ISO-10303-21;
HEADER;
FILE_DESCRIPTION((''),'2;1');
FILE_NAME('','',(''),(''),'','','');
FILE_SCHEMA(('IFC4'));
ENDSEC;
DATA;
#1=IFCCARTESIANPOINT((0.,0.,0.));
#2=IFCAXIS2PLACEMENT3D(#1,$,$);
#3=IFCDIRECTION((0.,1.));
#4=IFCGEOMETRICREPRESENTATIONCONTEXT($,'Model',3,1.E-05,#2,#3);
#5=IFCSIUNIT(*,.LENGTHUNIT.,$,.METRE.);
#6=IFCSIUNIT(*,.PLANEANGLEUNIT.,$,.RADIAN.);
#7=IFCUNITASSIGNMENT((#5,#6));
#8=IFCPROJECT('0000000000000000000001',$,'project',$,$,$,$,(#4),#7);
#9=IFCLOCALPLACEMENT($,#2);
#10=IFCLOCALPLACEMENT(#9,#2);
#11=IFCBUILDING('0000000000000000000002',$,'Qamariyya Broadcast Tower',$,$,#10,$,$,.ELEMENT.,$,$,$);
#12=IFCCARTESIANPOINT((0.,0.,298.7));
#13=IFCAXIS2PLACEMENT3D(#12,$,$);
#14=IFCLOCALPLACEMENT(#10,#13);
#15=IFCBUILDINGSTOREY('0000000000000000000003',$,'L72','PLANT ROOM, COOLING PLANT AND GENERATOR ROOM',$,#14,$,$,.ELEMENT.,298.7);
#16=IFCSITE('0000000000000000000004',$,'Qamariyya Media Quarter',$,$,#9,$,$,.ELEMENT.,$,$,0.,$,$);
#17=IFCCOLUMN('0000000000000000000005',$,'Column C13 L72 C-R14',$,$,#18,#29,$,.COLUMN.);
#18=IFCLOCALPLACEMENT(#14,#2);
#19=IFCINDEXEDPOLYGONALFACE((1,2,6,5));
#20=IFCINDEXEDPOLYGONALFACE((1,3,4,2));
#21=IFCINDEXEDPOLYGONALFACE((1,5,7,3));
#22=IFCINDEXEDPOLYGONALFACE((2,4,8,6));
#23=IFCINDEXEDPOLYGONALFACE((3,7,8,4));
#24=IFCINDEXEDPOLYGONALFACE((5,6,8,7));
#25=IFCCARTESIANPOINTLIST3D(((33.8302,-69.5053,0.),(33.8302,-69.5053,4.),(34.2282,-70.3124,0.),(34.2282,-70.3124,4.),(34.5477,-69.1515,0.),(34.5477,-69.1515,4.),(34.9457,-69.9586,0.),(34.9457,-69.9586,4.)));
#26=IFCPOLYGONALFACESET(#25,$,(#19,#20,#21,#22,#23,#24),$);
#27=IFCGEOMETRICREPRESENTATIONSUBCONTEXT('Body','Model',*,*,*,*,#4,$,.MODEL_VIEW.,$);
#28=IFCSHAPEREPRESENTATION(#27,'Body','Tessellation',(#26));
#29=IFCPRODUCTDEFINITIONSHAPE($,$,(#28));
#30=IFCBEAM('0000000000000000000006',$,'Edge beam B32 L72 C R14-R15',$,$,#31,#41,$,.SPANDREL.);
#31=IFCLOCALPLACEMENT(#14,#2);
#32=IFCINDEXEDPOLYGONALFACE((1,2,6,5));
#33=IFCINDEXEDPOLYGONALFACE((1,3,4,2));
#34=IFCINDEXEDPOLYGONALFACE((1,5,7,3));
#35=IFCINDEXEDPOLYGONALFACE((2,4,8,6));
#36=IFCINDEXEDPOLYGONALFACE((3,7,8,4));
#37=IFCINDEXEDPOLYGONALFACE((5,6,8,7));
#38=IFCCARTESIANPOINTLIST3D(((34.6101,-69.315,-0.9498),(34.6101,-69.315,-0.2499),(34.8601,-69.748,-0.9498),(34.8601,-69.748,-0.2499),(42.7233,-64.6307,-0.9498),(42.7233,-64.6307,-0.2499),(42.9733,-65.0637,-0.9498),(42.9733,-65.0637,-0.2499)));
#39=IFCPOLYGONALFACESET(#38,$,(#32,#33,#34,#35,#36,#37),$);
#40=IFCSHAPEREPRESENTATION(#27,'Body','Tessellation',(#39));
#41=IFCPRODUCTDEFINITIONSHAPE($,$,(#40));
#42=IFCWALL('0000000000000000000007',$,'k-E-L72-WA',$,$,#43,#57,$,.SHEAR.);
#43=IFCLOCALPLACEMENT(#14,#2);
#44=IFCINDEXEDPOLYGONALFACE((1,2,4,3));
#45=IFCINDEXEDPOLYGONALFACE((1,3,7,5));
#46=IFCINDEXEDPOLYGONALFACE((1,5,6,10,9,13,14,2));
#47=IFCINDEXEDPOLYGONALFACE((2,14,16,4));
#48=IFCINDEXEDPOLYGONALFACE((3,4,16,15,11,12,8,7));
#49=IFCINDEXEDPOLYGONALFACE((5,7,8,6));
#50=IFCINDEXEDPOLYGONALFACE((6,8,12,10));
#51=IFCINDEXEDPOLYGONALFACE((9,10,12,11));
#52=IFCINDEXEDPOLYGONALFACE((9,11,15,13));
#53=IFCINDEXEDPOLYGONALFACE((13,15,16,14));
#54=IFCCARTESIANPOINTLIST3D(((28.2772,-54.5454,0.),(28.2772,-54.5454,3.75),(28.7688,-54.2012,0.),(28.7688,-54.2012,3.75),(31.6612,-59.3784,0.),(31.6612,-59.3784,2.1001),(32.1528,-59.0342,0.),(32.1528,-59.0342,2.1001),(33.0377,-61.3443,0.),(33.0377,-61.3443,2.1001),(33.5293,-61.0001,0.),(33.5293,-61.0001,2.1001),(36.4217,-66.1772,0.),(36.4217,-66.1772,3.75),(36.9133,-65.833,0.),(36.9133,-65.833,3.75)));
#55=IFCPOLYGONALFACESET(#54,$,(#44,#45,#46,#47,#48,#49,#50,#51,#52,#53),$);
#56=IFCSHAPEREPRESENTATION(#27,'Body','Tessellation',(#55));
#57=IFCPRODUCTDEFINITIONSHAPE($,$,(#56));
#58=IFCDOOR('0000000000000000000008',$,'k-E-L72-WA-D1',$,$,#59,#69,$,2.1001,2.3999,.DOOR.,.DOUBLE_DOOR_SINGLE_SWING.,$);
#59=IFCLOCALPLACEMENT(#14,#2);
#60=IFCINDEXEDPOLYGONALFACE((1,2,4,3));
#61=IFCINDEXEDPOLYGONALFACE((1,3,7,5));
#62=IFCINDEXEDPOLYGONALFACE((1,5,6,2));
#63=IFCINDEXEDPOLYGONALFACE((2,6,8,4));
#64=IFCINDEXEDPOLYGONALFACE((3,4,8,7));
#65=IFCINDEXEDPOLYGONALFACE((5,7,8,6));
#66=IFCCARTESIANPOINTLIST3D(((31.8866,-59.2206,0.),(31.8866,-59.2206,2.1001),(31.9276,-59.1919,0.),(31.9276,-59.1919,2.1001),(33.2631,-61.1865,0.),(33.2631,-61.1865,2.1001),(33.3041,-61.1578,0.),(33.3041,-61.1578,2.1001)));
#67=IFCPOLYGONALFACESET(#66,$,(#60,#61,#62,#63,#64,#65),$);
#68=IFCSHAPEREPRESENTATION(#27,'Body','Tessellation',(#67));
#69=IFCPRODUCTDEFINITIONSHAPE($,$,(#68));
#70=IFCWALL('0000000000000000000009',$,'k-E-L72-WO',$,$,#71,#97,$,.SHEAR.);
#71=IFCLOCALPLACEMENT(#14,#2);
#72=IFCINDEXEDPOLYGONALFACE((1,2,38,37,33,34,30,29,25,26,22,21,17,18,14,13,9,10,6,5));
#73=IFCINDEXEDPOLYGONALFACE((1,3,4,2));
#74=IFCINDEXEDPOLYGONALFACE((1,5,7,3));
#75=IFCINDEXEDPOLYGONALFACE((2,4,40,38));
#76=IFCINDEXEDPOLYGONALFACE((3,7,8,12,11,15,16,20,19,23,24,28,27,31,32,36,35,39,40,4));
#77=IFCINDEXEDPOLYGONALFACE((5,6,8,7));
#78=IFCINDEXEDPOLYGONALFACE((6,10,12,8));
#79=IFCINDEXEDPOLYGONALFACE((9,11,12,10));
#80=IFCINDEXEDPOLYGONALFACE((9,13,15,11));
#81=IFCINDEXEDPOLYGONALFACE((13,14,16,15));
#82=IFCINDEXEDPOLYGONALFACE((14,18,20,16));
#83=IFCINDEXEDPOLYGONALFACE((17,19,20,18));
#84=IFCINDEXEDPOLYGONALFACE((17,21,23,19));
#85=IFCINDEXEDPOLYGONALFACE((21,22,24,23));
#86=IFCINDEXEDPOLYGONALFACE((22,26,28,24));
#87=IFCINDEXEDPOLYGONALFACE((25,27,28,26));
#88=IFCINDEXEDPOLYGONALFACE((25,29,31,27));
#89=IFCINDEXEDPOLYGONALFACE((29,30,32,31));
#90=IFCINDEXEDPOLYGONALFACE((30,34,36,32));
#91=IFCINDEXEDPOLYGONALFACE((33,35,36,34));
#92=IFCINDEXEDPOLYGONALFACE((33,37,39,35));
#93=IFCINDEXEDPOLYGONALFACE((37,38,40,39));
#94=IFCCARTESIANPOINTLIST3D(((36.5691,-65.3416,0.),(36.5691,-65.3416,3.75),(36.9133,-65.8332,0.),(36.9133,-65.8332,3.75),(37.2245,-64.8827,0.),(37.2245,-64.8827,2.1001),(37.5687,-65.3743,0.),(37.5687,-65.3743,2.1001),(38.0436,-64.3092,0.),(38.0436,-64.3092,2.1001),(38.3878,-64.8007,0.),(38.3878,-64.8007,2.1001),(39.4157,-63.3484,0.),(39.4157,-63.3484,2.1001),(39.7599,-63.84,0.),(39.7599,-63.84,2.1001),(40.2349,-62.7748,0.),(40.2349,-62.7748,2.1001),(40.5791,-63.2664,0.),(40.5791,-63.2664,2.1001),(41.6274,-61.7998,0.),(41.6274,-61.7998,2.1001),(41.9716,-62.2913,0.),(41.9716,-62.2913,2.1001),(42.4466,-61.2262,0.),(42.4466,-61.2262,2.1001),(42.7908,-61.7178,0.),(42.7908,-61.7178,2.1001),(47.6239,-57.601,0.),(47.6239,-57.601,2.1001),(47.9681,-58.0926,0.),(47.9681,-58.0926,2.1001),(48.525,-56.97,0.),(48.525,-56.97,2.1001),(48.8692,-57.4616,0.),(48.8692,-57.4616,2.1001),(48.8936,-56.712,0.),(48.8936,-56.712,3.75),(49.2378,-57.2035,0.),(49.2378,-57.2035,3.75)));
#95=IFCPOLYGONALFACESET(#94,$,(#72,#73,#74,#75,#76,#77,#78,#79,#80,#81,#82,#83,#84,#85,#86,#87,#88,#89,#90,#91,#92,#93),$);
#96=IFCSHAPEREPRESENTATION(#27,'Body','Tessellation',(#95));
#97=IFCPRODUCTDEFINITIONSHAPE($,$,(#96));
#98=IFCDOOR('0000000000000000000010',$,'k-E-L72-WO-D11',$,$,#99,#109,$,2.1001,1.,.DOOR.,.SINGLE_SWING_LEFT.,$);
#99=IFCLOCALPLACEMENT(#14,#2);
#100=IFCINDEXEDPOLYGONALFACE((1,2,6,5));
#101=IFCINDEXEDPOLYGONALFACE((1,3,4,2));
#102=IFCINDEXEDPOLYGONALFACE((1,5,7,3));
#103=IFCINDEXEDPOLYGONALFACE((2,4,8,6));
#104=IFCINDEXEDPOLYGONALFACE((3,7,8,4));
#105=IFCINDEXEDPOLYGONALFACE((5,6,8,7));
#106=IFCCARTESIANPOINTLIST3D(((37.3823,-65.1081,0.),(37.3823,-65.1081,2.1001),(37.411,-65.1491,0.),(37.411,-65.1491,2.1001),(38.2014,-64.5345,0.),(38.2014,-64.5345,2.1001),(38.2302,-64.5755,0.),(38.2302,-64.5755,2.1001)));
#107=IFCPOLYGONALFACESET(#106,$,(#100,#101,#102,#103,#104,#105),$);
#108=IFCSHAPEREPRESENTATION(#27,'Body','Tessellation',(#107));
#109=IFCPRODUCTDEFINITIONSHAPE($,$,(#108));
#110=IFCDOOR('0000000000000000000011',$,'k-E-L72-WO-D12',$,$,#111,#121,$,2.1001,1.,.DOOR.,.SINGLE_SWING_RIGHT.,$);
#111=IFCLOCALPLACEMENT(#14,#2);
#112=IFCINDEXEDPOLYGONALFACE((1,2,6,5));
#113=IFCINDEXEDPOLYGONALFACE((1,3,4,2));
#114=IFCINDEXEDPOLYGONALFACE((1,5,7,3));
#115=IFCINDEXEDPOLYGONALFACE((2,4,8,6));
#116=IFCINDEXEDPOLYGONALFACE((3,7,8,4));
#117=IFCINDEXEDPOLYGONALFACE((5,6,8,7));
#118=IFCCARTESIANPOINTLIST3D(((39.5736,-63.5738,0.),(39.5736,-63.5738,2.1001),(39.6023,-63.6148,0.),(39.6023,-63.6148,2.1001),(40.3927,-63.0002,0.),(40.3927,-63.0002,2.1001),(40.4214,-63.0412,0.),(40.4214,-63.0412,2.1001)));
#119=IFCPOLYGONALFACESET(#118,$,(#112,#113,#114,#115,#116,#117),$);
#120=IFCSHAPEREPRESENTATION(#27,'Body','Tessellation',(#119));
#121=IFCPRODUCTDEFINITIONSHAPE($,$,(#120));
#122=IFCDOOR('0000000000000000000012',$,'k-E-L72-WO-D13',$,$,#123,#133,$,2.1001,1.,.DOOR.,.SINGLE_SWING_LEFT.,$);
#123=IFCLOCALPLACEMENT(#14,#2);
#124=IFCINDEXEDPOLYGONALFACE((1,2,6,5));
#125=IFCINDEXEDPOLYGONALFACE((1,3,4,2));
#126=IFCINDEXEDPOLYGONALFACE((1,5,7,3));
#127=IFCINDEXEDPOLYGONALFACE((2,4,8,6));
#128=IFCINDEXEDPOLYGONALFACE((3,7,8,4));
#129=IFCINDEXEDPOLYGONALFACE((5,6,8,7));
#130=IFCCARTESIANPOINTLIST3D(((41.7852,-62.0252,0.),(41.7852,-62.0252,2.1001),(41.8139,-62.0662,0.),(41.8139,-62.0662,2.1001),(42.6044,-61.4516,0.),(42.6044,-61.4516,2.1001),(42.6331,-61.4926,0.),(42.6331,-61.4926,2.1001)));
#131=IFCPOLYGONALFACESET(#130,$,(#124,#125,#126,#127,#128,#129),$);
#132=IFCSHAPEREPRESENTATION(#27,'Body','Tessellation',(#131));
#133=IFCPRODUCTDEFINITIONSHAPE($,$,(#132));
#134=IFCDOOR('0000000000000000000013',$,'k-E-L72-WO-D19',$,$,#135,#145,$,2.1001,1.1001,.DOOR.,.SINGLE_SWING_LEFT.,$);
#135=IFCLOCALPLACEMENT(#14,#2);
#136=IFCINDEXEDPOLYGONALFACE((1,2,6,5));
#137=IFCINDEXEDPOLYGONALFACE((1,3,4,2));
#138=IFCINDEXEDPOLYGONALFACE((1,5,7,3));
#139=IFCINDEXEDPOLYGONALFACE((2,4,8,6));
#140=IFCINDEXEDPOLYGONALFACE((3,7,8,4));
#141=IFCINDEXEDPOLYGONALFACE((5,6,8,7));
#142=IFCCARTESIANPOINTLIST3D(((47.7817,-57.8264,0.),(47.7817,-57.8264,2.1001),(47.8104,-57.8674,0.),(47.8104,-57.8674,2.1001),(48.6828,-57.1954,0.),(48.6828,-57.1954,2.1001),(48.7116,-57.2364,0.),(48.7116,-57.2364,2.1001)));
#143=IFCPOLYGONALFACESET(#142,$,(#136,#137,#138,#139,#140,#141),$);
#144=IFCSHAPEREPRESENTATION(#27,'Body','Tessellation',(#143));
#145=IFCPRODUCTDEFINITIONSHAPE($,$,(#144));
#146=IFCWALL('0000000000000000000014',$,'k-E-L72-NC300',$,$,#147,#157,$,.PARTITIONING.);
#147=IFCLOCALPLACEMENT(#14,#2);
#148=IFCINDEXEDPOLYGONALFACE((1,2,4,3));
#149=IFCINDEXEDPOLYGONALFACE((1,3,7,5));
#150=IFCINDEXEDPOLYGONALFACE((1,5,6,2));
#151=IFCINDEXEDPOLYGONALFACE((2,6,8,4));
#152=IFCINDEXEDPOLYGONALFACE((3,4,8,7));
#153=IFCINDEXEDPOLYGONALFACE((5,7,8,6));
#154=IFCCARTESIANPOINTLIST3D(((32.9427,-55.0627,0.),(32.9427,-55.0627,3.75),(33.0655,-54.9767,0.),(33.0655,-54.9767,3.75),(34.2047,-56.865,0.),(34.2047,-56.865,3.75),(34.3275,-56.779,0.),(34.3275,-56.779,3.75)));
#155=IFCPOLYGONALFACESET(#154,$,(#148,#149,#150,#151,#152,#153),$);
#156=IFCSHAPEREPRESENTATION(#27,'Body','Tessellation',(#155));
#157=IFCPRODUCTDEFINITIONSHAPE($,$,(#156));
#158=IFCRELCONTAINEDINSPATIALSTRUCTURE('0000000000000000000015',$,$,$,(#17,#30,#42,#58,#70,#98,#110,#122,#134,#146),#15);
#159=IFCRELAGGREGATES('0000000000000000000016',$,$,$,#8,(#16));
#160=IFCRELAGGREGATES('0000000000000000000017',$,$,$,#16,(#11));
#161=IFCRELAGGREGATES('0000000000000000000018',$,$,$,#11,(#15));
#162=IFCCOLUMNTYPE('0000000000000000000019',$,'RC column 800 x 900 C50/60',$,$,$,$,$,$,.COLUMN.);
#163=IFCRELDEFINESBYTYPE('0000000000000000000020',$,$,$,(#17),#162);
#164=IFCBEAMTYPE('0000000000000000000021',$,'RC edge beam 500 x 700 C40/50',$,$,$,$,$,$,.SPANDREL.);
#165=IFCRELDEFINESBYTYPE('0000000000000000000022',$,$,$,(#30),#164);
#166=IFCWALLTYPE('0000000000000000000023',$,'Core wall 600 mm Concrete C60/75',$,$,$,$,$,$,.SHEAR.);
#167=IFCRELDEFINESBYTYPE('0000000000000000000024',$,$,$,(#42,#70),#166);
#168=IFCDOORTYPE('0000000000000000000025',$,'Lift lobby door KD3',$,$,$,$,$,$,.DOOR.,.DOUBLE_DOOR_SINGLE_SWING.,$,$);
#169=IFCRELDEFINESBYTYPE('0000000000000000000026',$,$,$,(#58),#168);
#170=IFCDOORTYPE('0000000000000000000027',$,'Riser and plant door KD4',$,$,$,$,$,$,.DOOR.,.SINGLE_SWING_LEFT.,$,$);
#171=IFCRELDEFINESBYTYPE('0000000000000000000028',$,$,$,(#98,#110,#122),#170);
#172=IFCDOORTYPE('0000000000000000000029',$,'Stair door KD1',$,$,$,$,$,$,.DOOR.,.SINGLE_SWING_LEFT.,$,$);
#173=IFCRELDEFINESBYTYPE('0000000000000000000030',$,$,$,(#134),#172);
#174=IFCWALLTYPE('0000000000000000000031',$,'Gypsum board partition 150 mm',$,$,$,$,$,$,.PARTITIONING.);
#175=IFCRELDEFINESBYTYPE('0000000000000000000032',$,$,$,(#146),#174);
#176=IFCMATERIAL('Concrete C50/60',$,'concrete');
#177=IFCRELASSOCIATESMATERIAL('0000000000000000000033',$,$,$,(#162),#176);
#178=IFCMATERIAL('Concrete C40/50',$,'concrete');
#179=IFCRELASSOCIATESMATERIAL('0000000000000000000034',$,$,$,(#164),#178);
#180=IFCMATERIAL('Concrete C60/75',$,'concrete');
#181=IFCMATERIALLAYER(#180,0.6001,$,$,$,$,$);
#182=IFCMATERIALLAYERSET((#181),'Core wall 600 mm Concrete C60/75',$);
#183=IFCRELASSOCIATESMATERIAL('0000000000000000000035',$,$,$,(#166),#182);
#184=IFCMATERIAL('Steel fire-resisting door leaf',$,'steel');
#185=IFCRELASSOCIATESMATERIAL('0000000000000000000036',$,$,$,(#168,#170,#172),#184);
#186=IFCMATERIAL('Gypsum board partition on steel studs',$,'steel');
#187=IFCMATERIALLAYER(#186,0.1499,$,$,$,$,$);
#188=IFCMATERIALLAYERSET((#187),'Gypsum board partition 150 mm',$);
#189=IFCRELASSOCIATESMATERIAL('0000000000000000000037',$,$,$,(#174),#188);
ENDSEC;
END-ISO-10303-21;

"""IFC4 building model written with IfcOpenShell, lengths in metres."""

from ifc_helpers import new_model, si_unit, direction, frame, frame_2d, origin, origin_2d, place, context, subcontext, project, spatial, rectangle, extrude, material, layer, layer_set, material_profile, profile_set, type_object, element, fill, save


model = new_model("IFC4")

# Units and contexts
model_context = context("Model", 3, precision=1e-05, world=origin(), true_north=direction((0.0, 1.0)))
body_context = subcontext(model_context, "Body", "Model", "MODEL_VIEW")
ifc_project = project(units=[si_unit("LENGTHUNIT", "METRE"), si_unit("PLANEANGLEUNIT", "RADIAN")], contexts=[model_context])

# Site, building, storey
site_placement = place(None, origin())
site = spatial("IfcSite", under=ifc_project, at=site_placement, Name="Qamariyya Media Quarter", CompositionType="ELEMENT", RefElevation=0.0)
building_placement = place(site_placement, origin())
building = spatial("IfcBuilding", under=site, at=building_placement, Name="Qamariyya Broadcast Tower", CompositionType="ELEMENT")
storey_placement = place(building_placement, frame((0.0, 0.0, 298.7)))
storey = spatial("IfcBuildingStorey", under=building, at=storey_placement, Name="L72", Description="PLANT ROOM, COOLING PLANT AND GENERATOR ROOM", CompositionType="ELEMENT", Elevation=298.7)

# Column
ifc_material_1 = material(Name="Concrete C50/60", Category="concrete")
ifc_material_profile_1 = material_profile(ifc_material_1, rectangle(XDim=0.8, YDim=0.8999, at=origin_2d()))
ifc_profile_set_1 = profile_set([ifc_material_profile_1], Name="Concrete C50/60")
column_type = type_object("IfcColumnType", Name="RC column 800 x 900 C50/60", PredefinedType="COLUMN", material=ifc_profile_set_1)
column_placement = place(storey_placement, frame((34.3879, -69.7319, 0.0), z_axis=(0.0, 0.0, 1.0), x_axis=(0.896873, 0.442289, 0.0)))
element("IfcColumn", 1, at=column_placement, inside=storey, type_object=column_type, Name="Column C13 L72 C-R14", PredefinedType="COLUMN", context=body_context, shape_type="SweptSolid", body=[
    extrude(rectangle(XDim=0.8, YDim=0.8999, at=origin_2d()), origin(), (0.0, 0.0, 1.0), 4.0),
])

# Beam
ifc_material_2 = material(Name="Concrete C40/50", Category="concrete")
ifc_material_profile_2 = material_profile(ifc_material_2, rectangle(XDim=0.5, YDim=0.7, at=origin_2d()))
ifc_profile_set_2 = profile_set([ifc_material_profile_2], Name="Concrete C40/50")
beam_type = type_object("IfcBeamType", Name="RC edge beam 500 x 700 C40/50", PredefinedType="SPANDREL", material=ifc_profile_set_2)
beam_placement = place(storey_placement, frame((34.7351, -69.5315, -0.5999), z_axis=(0.86602, 0.50001, 0.0), x_axis=(-0.50001, 0.86602, 0.0)))
element("IfcBeam", 2, at=beam_placement, inside=storey, type_object=beam_type, Name="Edge beam B32 L72 C R14-R15", PredefinedType="SPANDREL", context=body_context, shape_type="SweptSolid", body=[
    extrude(rectangle(XDim=0.5, YDim=0.7, at=origin_2d()), origin(), (0.0, 0.0, 1.0), 9.3684),
])

# Wall, opening, door
ifc_material_3 = material(Name="Concrete C60/75", Category="concrete")
ifc_layer_1 = layer(ifc_material_3, 0.6001)
ifc_layer_set_1 = layer_set([ifc_layer_1], Name="Core wall 600 mm Concrete C60/75")
wall_type_1 = type_object("IfcWallType", Name="Core wall 600 mm Concrete C60/75", PredefinedType="SHEAR", material=ifc_layer_set_1)
wall_1_placement = place(storey_placement, frame((36.6675, -66.0051, 0.0), z_axis=(0.0, 0.0, 1.0), x_axis=(-0.573568, 0.819158, 0.0)))
wall_1 = element("IfcWall", 3, at=wall_1_placement, inside=storey, type_object=wall_type_1, Name="k-E-L72-WA", PredefinedType="SHEAR", context=body_context, shape_type="SweptSolid", body=[
    extrude(rectangle(XDim=14.1997, YDim=0.6001, at=frame_2d((7.0999, 0.0))), origin(), (0.0, 0.0, 1.0), 3.75),
])
opening_1_placement = place(wall_1_placement, frame((5.8999, 0.0, 0.0)))
opening_1 = element("IfcOpeningElement", 4, at=opening_1_placement, cuts=wall_1, PredefinedType="OPENING", context=body_context, shape_type="SweptSolid", body=[
    extrude(rectangle(XDim=2.3999, YDim=2.1001, at=frame_2d((1.2, 1.05))), frame((0.0, 0.3101, 0.0), z_axis=(0.0, -1.0, 0.0), x_axis=(1.0, 0.0, 0.0)), (0.0, 0.0, 1.0), 0.6201),
])
ifc_material_4 = material(Name="Steel fire-resisting door leaf", Category="steel")
door_type_1 = type_object("IfcDoorType", Name="Lift lobby door KD3", OperationType="DOUBLE_DOOR_SINGLE_SWING", PredefinedType="DOOR", material=ifc_material_4)
door_1_placement = place(opening_1_placement, origin())
door_1 = element("IfcDoor", 5, at=door_1_placement, inside=storey, type_object=door_type_1, Name="k-E-L72-WA-D1", OperationType="DOUBLE_DOOR_SINGLE_SWING", OverallHeight=2.1001, OverallWidth=2.3999, PredefinedType="DOOR", context=body_context, shape_type="SweptSolid", body=[
    extrude(rectangle(XDim=2.3999, YDim=2.1001, at=frame_2d((1.2, 1.05))), frame((0.0, 0.0249, 0.0), z_axis=(0.0, -1.0, 0.0), x_axis=(1.0, 0.0, 0.0)), (0.0, 0.0, 1.0), 0.05),
])
fill(opening_1, door_1)

# Wall, openings, doors
wall_2_placement = place(storey_placement, frame((36.7412, -65.5874, 0.0), z_axis=(0.0, 0.0, 1.0), x_axis=(0.819153, 0.573575, 0.0)))
wall_2 = element("IfcWall", 6, at=wall_2_placement, inside=storey, type_object=wall_type_1, Name="k-E-L72-WO", PredefinedType="SHEAR", context=body_context, shape_type="SweptSolid", body=[
    extrude(rectangle(XDim=15.0454, YDim=0.6001, at=frame_2d((7.5227, 0.0))), origin(), (0.0, 0.0, 1.0), 3.75),
])
opening_2_placement = place(wall_2_placement, frame((0.8, 0.0, 0.0)))
opening_2 = element("IfcOpeningElement", 7, at=opening_2_placement, cuts=wall_2, PredefinedType="OPENING", context=body_context, shape_type="SweptSolid", body=[
    extrude(rectangle(XDim=1.0, YDim=2.1001, at=frame_2d((0.5, 1.05))), frame((0.0, 0.3101, 0.0), z_axis=(0.0, -1.0, 0.0), x_axis=(1.0, 0.0, 0.0)), (0.0, 0.0, 1.0), 0.6201),
])
opening_3_placement = place(wall_2_placement, frame((3.4751, 0.0, 0.0)))
opening_3 = element("IfcOpeningElement", 8, at=opening_3_placement, cuts=wall_2, PredefinedType="OPENING", context=body_context, shape_type="SweptSolid", body=[
    extrude(rectangle(XDim=1.0, YDim=2.1001, at=frame_2d((0.5, 1.05))), frame((0.0, 0.3101, 0.0), z_axis=(0.0, -1.0, 0.0), x_axis=(1.0, 0.0, 0.0)), (0.0, 0.0, 1.0), 0.6201),
])
opening_4_placement = place(wall_2_placement, frame((6.175, 0.0, 0.0)))
opening_4 = element("IfcOpeningElement", 9, at=opening_4_placement, cuts=wall_2, PredefinedType="OPENING", context=body_context, shape_type="SweptSolid", body=[
    extrude(rectangle(XDim=1.0, YDim=2.1001, at=frame_2d((0.5, 1.05))), frame((0.0, 0.3101, 0.0), z_axis=(0.0, -1.0, 0.0), x_axis=(1.0, 0.0, 0.0)), (0.0, 0.0, 1.0), 0.6201),
])
opening_5_placement = place(wall_2_placement, frame((13.4954, 0.0, 0.0)))
opening_5 = element("IfcOpeningElement", 10, at=opening_5_placement, cuts=wall_2, PredefinedType="OPENING", context=body_context, shape_type="SweptSolid", body=[
    extrude(rectangle(XDim=1.1001, YDim=2.1001, at=frame_2d((0.55, 1.05))), frame((0.0, 0.3101, 0.0), z_axis=(0.0, -1.0, 0.0), x_axis=(1.0, 0.0, 0.0)), (0.0, 0.0, 1.0), 0.6201),
])
door_type_2 = type_object("IfcDoorType", Name="Riser and plant door KD4", OperationType="SINGLE_SWING_LEFT", PredefinedType="DOOR", material=ifc_material_4)
door_2_placement = place(opening_2_placement, origin())
door_2 = element("IfcDoor", 11, at=door_2_placement, inside=storey, type_object=door_type_2, Name="k-E-L72-WO-D11", OperationType="SINGLE_SWING_LEFT", OverallHeight=2.1001, OverallWidth=1.0, PredefinedType="DOOR", context=body_context, shape_type="SweptSolid", body=[
    extrude(rectangle(XDim=1.0, YDim=2.1001, at=frame_2d((0.5, 1.05))), frame((0.0, 0.0249, 0.0), z_axis=(0.0, -1.0, 0.0), x_axis=(1.0, 0.0, 0.0)), (0.0, 0.0, 1.0), 0.05),
])
fill(opening_2, door_2)
door_3_placement = place(opening_3_placement, origin())
door_3 = element("IfcDoor", 12, at=door_3_placement, inside=storey, type_object=door_type_2, Name="k-E-L72-WO-D12", OperationType="SINGLE_SWING_RIGHT", OverallHeight=2.1001, OverallWidth=1.0, PredefinedType="DOOR", context=body_context, shape_type="SweptSolid", body=[
    extrude(rectangle(XDim=1.0, YDim=2.1001, at=frame_2d((0.5, 1.05))), frame((0.0, 0.0249, 0.0), z_axis=(0.0, -1.0, 0.0), x_axis=(1.0, 0.0, 0.0)), (0.0, 0.0, 1.0), 0.05),
])
fill(opening_3, door_3)
door_4_placement = place(opening_4_placement, origin())
door_4 = element("IfcDoor", 13, at=door_4_placement, inside=storey, type_object=door_type_2, Name="k-E-L72-WO-D13", OperationType="SINGLE_SWING_LEFT", OverallHeight=2.1001, OverallWidth=1.0, PredefinedType="DOOR", context=body_context, shape_type="SweptSolid", body=[
    extrude(rectangle(XDim=1.0, YDim=2.1001, at=frame_2d((0.5, 1.05))), frame((0.0, 0.0249, 0.0), z_axis=(0.0, -1.0, 0.0), x_axis=(1.0, 0.0, 0.0)), (0.0, 0.0, 1.0), 0.05),
])
fill(opening_4, door_4)
door_type_3 = type_object("IfcDoorType", Name="Stair door KD1", OperationType="SINGLE_SWING_LEFT", PredefinedType="DOOR", material=ifc_material_4)
door_5_placement = place(opening_5_placement, origin())
door_5 = element("IfcDoor", 14, at=door_5_placement, inside=storey, type_object=door_type_3, Name="k-E-L72-WO-D19", OperationType="SINGLE_SWING_LEFT", OverallHeight=2.1001, OverallWidth=1.1001, PredefinedType="DOOR", context=body_context, shape_type="SweptSolid", body=[
    extrude(rectangle(XDim=1.1001, YDim=2.1001, at=frame_2d((0.55, 1.05))), frame((0.0, 0.0249, 0.0), z_axis=(0.0, -1.0, 0.0), x_axis=(1.0, 0.0, 0.0)), (0.0, 0.0, 1.0), 0.05),
])
fill(opening_5, door_5)

# Wall
ifc_material_5 = material(Name="Gypsum board partition on steel studs", Category="steel")
ifc_layer_2 = layer(ifc_material_5, 0.1499)
ifc_layer_set_2 = layer_set([ifc_layer_2], Name="Gypsum board partition 150 mm")
wall_type_2 = type_object("IfcWallType", Name="Gypsum board partition 150 mm", PredefinedType="PARTITIONING", material=ifc_layer_set_2)
wall_3_placement = place(storey_placement, frame((34.2661, -56.822, 0.0), z_axis=(0.0, 0.0, 1.0), x_axis=(-0.573581, 0.819149, 0.0)))
element("IfcWall", 15, at=wall_3_placement, inside=storey, type_object=wall_type_2, Name="k-E-L72-NC300", PredefinedType="PARTITIONING", context=body_context, shape_type="SweptSolid", body=[
    extrude(rectangle(XDim=2.2002, YDim=0.1499, at=frame_2d((1.1001, 0.0))), origin(), (0.0, 0.0, 1.0), 3.75),
])

save(model, "model.ifc")
